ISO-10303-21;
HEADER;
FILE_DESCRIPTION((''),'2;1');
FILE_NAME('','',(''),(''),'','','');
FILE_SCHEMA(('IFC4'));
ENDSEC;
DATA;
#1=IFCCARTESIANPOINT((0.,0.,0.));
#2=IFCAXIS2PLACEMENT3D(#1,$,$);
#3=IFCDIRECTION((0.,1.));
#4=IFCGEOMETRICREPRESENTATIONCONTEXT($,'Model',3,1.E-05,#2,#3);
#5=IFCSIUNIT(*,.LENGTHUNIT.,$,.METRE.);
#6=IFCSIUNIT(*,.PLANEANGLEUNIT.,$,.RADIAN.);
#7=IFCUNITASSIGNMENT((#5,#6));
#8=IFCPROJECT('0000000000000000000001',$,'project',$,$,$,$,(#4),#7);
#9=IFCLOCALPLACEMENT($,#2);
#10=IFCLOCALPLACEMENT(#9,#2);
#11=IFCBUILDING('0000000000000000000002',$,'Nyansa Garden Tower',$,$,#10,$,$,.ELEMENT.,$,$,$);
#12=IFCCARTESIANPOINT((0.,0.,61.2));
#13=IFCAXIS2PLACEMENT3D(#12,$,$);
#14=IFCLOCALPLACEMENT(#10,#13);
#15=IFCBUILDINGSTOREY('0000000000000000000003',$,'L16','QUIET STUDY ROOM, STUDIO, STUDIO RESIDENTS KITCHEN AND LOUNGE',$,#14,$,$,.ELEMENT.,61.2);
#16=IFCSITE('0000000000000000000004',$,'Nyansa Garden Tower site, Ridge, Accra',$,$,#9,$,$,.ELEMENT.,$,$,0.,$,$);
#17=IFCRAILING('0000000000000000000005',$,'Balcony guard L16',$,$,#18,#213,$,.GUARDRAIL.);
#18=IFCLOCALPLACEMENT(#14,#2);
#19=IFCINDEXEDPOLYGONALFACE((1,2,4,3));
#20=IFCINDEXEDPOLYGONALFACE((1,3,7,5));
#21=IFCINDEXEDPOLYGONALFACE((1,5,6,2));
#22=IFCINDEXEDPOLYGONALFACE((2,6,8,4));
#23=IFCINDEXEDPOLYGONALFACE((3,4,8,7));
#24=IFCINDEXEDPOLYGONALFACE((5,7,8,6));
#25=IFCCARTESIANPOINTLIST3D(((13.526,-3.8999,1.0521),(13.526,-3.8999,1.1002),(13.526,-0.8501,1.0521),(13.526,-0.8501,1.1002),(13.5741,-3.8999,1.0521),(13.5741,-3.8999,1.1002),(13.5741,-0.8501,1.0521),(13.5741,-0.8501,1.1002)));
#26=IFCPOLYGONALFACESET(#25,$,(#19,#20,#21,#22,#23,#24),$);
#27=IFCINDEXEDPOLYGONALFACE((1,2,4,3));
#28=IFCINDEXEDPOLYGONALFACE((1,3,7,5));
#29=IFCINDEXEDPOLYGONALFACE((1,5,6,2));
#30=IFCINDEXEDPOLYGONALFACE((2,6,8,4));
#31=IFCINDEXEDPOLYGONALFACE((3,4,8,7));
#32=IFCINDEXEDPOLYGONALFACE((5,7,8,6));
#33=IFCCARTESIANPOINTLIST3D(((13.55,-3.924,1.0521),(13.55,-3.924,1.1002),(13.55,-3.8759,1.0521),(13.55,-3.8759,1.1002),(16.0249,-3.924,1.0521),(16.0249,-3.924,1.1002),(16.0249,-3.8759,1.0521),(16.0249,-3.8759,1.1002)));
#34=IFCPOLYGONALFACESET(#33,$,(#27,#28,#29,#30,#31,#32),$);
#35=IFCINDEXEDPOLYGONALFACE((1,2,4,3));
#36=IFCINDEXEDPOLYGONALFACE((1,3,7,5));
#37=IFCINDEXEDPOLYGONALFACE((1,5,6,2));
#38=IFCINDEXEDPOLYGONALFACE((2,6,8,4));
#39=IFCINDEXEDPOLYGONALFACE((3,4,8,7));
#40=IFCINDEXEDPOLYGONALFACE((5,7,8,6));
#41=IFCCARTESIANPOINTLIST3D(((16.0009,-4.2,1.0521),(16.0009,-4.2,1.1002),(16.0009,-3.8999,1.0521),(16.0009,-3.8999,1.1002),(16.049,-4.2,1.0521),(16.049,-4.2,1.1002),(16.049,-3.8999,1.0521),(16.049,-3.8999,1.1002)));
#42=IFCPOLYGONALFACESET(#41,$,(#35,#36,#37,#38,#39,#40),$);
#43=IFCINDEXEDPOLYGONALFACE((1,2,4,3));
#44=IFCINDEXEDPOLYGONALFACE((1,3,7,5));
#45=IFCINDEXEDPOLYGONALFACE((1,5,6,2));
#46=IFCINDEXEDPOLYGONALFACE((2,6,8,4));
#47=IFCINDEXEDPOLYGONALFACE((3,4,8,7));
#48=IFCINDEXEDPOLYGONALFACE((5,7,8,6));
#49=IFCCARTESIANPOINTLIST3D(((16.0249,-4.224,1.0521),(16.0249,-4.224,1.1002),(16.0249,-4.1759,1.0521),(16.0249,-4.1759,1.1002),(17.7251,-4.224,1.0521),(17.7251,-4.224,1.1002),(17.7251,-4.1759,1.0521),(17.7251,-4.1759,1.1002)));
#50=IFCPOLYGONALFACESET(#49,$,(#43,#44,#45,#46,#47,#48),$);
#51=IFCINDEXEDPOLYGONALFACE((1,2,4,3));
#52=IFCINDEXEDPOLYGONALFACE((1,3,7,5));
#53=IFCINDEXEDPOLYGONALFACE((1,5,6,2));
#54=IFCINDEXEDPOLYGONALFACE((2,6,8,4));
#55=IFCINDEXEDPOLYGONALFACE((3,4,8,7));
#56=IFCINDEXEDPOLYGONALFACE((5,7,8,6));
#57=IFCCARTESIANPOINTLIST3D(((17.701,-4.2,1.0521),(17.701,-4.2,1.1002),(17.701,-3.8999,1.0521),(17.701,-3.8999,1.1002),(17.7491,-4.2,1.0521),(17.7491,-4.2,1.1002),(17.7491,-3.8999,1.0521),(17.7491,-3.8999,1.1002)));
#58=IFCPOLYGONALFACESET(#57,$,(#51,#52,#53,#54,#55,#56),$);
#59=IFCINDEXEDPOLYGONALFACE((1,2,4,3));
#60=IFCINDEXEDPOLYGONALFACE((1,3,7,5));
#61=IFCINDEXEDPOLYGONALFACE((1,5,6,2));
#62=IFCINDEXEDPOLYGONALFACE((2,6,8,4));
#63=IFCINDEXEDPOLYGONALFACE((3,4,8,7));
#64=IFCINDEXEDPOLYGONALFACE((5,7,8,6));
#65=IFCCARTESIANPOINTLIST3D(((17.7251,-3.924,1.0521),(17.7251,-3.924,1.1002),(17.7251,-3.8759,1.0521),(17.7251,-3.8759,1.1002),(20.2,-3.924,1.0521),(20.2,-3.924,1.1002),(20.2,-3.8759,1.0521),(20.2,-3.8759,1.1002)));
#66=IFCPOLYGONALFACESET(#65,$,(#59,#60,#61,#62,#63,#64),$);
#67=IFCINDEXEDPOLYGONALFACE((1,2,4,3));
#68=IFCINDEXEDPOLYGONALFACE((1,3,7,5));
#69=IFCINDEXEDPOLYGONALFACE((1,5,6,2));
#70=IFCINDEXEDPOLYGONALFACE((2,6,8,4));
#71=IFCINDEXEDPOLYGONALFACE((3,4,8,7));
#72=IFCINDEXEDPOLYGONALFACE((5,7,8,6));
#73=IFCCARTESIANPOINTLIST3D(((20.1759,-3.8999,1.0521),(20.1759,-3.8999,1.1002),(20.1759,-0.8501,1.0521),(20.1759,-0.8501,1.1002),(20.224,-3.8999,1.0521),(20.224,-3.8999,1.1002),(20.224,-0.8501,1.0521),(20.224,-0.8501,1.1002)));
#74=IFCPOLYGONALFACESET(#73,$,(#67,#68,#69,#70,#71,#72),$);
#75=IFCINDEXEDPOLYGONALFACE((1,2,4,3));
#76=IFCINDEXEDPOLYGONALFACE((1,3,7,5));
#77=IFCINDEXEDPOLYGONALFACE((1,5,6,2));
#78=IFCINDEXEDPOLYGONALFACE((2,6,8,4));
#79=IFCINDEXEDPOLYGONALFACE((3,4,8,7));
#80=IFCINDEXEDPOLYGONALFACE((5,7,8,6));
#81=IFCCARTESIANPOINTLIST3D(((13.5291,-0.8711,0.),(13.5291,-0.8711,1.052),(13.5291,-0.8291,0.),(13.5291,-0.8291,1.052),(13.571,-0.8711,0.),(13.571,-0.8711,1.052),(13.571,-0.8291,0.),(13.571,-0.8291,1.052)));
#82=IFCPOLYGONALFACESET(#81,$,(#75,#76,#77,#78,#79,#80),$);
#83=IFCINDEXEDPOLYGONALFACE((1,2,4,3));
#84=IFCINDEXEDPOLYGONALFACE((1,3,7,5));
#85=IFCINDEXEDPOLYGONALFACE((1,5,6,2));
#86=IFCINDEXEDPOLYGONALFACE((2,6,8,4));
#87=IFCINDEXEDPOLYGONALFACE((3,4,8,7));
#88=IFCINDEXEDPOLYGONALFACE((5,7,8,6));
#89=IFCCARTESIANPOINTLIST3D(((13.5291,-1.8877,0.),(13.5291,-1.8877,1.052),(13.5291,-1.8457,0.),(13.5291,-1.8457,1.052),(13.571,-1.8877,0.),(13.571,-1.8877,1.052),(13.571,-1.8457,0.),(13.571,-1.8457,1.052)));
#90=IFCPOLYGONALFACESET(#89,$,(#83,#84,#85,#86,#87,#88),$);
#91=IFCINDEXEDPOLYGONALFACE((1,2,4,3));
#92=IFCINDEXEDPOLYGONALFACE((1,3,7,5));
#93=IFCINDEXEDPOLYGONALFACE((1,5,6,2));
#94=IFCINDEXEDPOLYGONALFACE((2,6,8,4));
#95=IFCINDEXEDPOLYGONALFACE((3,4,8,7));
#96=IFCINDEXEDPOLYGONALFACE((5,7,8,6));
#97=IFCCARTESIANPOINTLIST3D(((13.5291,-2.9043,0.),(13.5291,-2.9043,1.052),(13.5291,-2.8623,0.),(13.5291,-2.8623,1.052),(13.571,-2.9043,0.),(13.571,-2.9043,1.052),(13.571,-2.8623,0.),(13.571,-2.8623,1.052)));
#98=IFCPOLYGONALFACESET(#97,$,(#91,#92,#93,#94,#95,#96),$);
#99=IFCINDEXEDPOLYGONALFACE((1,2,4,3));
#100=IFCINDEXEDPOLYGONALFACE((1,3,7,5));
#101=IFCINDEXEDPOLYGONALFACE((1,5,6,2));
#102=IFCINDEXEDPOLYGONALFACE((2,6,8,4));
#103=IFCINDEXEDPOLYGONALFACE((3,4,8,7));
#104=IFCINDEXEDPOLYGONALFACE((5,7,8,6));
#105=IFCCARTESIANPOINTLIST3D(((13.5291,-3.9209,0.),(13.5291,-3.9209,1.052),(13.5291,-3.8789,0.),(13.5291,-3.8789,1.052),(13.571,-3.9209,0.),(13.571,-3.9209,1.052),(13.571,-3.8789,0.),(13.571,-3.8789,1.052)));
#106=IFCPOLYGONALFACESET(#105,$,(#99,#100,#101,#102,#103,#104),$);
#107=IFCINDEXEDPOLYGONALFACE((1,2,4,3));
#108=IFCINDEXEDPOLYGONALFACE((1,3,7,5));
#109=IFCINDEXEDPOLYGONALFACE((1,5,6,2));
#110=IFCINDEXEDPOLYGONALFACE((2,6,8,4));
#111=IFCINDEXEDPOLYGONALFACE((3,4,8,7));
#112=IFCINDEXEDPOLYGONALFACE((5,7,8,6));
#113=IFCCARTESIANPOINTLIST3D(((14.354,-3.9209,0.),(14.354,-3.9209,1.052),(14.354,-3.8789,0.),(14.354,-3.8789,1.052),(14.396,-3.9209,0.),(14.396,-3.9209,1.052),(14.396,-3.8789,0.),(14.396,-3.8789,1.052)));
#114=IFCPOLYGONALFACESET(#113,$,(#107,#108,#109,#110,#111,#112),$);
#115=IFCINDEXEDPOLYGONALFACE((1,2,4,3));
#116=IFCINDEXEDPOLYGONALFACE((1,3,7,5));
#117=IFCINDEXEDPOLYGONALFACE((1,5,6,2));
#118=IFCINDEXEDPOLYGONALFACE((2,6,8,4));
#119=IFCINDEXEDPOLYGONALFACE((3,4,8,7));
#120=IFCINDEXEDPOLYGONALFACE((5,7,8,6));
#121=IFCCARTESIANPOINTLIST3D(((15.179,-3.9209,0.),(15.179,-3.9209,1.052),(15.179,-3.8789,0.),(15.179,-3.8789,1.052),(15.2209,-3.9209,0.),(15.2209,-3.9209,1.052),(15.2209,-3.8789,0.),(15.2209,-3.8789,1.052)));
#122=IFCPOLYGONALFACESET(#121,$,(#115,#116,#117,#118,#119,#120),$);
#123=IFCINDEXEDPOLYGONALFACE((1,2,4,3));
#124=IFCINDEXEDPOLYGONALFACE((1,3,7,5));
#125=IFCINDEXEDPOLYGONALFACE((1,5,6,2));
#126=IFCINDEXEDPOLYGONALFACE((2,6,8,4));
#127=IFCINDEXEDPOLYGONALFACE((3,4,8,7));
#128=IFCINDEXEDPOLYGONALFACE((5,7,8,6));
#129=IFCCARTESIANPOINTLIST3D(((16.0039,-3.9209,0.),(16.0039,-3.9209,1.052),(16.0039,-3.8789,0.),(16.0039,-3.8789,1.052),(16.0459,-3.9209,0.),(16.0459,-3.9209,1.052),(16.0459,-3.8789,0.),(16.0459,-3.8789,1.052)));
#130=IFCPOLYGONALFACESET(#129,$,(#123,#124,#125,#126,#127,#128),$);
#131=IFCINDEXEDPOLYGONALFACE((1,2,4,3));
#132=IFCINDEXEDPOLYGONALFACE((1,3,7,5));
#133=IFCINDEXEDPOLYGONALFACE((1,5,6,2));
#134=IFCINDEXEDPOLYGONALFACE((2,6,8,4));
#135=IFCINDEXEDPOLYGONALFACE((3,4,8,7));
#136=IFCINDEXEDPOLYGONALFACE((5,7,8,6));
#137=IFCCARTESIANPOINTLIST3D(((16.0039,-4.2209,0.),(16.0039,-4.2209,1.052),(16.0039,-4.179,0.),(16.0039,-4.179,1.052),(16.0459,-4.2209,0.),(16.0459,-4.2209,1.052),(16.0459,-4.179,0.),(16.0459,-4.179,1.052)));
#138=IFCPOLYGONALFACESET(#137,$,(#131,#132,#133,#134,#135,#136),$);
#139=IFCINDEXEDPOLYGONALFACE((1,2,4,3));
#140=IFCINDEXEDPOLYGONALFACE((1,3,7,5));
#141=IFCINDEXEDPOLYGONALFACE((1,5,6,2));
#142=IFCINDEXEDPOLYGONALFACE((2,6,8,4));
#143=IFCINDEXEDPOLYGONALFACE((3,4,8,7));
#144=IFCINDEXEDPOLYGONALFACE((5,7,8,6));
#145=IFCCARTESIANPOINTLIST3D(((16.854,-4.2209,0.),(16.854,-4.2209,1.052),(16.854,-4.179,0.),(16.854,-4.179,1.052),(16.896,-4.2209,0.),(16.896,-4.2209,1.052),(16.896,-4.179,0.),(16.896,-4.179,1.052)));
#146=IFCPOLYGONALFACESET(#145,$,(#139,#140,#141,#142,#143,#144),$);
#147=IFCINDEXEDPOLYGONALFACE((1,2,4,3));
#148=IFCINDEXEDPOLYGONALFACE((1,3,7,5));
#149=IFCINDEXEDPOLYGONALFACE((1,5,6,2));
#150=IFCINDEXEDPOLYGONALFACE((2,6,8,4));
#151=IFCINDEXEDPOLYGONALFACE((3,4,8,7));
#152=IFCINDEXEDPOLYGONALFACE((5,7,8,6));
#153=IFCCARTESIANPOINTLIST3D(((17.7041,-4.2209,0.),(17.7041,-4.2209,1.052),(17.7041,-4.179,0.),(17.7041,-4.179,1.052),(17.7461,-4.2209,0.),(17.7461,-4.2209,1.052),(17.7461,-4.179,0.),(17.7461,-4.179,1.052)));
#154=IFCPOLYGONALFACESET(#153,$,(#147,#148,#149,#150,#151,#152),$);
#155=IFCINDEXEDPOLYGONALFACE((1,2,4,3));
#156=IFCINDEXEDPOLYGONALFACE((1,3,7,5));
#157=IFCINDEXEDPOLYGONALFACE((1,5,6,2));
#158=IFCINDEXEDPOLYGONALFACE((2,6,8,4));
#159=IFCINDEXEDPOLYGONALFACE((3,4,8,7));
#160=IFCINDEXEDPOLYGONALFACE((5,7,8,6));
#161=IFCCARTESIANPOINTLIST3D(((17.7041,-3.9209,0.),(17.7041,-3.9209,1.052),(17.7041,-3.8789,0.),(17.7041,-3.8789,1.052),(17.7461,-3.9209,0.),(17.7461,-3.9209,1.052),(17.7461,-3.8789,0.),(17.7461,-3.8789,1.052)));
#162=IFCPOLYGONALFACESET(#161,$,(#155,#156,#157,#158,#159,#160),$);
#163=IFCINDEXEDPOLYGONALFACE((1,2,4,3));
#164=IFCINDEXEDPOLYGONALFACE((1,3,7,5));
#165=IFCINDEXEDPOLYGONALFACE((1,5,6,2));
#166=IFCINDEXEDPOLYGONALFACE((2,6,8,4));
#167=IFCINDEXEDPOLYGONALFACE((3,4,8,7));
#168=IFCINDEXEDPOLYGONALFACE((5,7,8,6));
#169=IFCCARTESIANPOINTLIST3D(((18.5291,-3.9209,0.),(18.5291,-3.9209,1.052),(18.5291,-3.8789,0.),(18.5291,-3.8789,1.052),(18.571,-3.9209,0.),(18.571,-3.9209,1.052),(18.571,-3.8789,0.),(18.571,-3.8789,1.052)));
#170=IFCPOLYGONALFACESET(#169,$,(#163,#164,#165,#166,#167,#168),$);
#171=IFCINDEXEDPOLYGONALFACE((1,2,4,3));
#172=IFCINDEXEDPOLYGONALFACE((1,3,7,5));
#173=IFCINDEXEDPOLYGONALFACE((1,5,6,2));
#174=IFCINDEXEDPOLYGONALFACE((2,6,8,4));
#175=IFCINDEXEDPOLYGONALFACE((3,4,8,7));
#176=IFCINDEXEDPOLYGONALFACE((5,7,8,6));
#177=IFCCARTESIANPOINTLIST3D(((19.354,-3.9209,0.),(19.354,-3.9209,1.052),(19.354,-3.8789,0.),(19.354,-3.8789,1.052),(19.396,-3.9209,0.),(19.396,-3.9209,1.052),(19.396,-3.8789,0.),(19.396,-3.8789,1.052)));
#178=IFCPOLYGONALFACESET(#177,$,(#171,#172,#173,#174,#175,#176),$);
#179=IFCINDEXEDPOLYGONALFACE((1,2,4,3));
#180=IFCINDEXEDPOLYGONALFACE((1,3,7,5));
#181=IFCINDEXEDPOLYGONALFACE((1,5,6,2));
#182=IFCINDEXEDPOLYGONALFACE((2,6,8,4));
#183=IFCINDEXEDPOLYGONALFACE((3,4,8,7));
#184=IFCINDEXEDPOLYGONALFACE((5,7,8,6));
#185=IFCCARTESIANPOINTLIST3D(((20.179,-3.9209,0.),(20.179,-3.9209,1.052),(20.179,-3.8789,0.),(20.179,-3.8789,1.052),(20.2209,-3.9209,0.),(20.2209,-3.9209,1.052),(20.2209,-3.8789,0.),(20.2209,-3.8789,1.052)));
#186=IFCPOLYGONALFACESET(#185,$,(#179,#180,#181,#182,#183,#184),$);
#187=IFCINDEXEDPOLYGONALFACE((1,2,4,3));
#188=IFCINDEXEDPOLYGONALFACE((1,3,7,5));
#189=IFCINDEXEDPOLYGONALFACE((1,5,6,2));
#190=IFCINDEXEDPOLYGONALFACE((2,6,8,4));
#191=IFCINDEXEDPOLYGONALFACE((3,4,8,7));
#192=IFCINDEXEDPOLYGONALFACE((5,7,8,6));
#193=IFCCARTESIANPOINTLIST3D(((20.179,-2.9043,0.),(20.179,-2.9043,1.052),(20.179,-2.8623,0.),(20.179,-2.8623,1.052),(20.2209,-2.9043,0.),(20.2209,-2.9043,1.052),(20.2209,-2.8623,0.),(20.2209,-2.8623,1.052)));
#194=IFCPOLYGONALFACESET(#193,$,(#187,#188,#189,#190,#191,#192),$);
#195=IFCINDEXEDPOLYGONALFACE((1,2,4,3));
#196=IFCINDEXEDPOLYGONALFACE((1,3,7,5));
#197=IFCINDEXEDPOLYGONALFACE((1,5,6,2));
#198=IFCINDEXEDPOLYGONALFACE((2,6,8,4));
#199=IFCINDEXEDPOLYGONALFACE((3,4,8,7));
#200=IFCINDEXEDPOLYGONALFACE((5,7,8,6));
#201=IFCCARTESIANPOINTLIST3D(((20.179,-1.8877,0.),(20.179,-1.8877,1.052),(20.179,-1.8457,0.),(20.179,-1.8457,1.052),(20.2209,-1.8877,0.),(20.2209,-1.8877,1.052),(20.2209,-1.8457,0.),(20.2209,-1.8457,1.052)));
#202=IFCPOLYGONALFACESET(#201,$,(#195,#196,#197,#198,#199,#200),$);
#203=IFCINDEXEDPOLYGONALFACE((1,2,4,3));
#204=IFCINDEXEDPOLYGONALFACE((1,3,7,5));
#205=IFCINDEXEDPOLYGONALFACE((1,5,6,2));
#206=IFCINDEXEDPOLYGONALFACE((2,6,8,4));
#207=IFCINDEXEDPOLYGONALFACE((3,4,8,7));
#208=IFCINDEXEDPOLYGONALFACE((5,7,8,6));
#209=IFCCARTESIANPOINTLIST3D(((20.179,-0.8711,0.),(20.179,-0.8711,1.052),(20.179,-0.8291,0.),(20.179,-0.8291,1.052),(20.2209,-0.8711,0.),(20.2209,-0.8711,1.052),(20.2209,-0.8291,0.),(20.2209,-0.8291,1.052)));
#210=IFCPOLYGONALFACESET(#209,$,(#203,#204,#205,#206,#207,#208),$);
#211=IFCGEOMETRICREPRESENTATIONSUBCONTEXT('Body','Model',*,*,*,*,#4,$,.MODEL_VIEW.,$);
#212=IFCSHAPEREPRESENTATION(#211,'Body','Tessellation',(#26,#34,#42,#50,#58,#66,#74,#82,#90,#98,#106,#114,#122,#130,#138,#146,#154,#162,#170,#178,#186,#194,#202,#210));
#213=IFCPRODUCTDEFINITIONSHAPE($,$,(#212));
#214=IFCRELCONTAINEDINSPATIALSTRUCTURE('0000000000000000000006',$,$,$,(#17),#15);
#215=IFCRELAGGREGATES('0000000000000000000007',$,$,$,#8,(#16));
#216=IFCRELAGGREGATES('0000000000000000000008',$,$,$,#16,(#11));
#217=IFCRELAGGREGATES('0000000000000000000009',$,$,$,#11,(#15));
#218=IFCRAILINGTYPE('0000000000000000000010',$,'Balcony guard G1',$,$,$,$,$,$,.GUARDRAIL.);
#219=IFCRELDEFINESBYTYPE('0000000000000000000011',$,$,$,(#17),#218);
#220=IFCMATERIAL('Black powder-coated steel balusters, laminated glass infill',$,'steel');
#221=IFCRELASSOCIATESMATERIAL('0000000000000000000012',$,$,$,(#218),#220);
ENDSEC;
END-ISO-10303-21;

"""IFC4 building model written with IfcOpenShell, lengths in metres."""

from ifc_helpers import new_model, si_unit, direction, frame, origin, origin_2d, place, context, subcontext, project, spatial, rectangle, extrude, material, type_object, element, save


model = new_model("IFC4")

# Units and contexts
model_context = context("Model", 3, precision=1e-05, world=origin(), true_north=direction((0.0, 1.0)))
body_context = subcontext(model_context, "Body", "Model", "MODEL_VIEW")
ifc_project = project(units=[si_unit("LENGTHUNIT", "METRE"), si_unit("PLANEANGLEUNIT", "RADIAN")], contexts=[model_context])

# Site, building, storey
site_placement = place(None, origin())
site = spatial("IfcSite", under=ifc_project, at=site_placement, Name="Nyansa Garden Tower site, Ridge, Accra", CompositionType="ELEMENT", RefElevation=0.0)
building_placement = place(site_placement, origin())
building = spatial("IfcBuilding", under=site, at=building_placement, Name="Nyansa Garden Tower", CompositionType="ELEMENT")
storey_placement = place(building_placement, frame((0.0, 0.0, 61.2)))
storey = spatial("IfcBuildingStorey", under=building, at=storey_placement, Name="L16", Description="QUIET STUDY ROOM, STUDIO, STUDIO RESIDENTS KITCHEN AND LOUNGE", CompositionType="ELEMENT", Elevation=61.2)

# Railing
ifc_material_1 = material(Name="Black powder-coated steel balusters, laminated glass infill", Category="steel")
railing_type = type_object("IfcRailingType", Name="Balcony guard G1", PredefinedType="GUARDRAIL", material=ifc_material_1)
railing_placement = place(storey_placement, frame((13.55, -0.8501, 0.0)))
element("IfcRailing", 1, at=railing_placement, inside=storey, type_object=railing_type, Name="Balcony guard L16", PredefinedType="GUARDRAIL", context=body_context, shape_type="SweptSolid", body=[
    extrude(rectangle(XDim=0.0481, YDim=0.0481, at=origin_2d()), frame((0.0, 0.0, 1.0762), z_axis=(0.0, -1.0, 0.0), x_axis=(1.0, 0.0, 0.0)), (0.0, 0.0, 1.0), 3.0498),
    extrude(rectangle(XDim=0.0481, YDim=0.0481, at=origin_2d()), frame((0.0, -3.0498, 1.0762), z_axis=(1.0, 0.0, 0.0), x_axis=(0.0, 1.0, 0.0)), (0.0, 0.0, 1.0), 2.4749),
    extrude(rectangle(XDim=0.0481, YDim=0.0481, at=origin_2d()), frame((2.4749, -3.0498, 1.0762), z_axis=(0.0, -1.0, 0.0), x_axis=(1.0, 0.0, 0.0)), (0.0, 0.0, 1.0), 0.3),
    extrude(rectangle(XDim=0.0481, YDim=0.0481, at=origin_2d()), frame((2.4749, -3.3499, 1.0762), z_axis=(1.0, 0.0, 0.0), x_axis=(0.0, 1.0, 0.0)), (0.0, 0.0, 1.0), 1.7002),
    extrude(rectangle(XDim=0.0481, YDim=0.0481, at=origin_2d()), frame((4.175, -3.3499, 1.0762), z_axis=(0.0, 1.0, 0.0), x_axis=(-1.0, 0.0, 0.0)), (0.0, 0.0, 1.0), 0.3),
    extrude(rectangle(XDim=0.0481, YDim=0.0481, at=origin_2d()), frame((4.175, -3.0498, 1.0762), z_axis=(1.0, 0.0, 0.0), x_axis=(0.0, 1.0, 0.0)), (0.0, 0.0, 1.0), 2.4749),
    extrude(rectangle(XDim=0.0481, YDim=0.0481, at=origin_2d()), frame((6.6499, -3.0498, 1.0762), z_axis=(0.0, 1.0, 0.0), x_axis=(-1.0, 0.0, 0.0)), (0.0, 0.0, 1.0), 3.0498),
    extrude(rectangle(XDim=0.042, YDim=0.042, at=origin_2d()), origin(), (0.0, 0.0, 1.0), 1.052),
    extrude(rectangle(XDim=0.042, YDim=0.042, at=origin_2d()), frame((0.0, -1.0166, 0.0)), (0.0, 0.0, 1.0), 1.052),
    extrude(rectangle(XDim=0.042, YDim=0.042, at=origin_2d()), frame((0.0, -2.0332, 0.0)), (0.0, 0.0, 1.0), 1.052),
    extrude(rectangle(XDim=0.042, YDim=0.042, at=origin_2d()), frame((0.0, -3.0498, 0.0)), (0.0, 0.0, 1.0), 1.052),
    extrude(rectangle(XDim=0.042, YDim=0.042, at=origin_2d()), frame((0.825, -3.0498, 0.0)), (0.0, 0.0, 1.0), 1.052),
    extrude(rectangle(XDim=0.042, YDim=0.042, at=origin_2d()), frame((1.6499, -3.0498, 0.0)), (0.0, 0.0, 1.0), 1.052),
    extrude(rectangle(XDim=0.042, YDim=0.042, at=origin_2d()), frame((2.4749, -3.0498, 0.0)), (0.0, 0.0, 1.0), 1.052),
    extrude(rectangle(XDim=0.042, YDim=0.042, at=origin_2d()), frame((2.4749, -3.3499, 0.0)), (0.0, 0.0, 1.0), 1.052),
    extrude(rectangle(XDim=0.042, YDim=0.042, at=origin_2d()), frame((3.325, -3.3499, 0.0)), (0.0, 0.0, 1.0), 1.052),
    extrude(rectangle(XDim=0.042, YDim=0.042, at=origin_2d()), frame((4.175, -3.3499, 0.0)), (0.0, 0.0, 1.0), 1.052),
    extrude(rectangle(XDim=0.042, YDim=0.042, at=origin_2d()), frame((4.175, -3.0498, 0.0)), (0.0, 0.0, 1.0), 1.052),
    extrude(rectangle(XDim=0.042, YDim=0.042, at=origin_2d()), frame((5.0, -3.0498, 0.0)), (0.0, 0.0, 1.0), 1.052),
    extrude(rectangle(XDim=0.042, YDim=0.042, at=origin_2d()), frame((5.825, -3.0498, 0.0)), (0.0, 0.0, 1.0), 1.052),
    extrude(rectangle(XDim=0.042, YDim=0.042, at=origin_2d()), frame((6.6499, -3.0498, 0.0)), (0.0, 0.0, 1.0), 1.052),
    extrude(rectangle(XDim=0.042, YDim=0.042, at=origin_2d()), frame((6.6499, -2.0332, 0.0)), (0.0, 0.0, 1.0), 1.052),
    extrude(rectangle(XDim=0.042, YDim=0.042, at=origin_2d()), frame((6.6499, -1.0166, 0.0)), (0.0, 0.0, 1.0), 1.052),
    extrude(rectangle(XDim=0.042, YDim=0.042, at=origin_2d()), frame((6.6499, 0.0, 0.0)), (0.0, 0.0, 1.0), 1.052),
])

save(model, "model.ifc")
